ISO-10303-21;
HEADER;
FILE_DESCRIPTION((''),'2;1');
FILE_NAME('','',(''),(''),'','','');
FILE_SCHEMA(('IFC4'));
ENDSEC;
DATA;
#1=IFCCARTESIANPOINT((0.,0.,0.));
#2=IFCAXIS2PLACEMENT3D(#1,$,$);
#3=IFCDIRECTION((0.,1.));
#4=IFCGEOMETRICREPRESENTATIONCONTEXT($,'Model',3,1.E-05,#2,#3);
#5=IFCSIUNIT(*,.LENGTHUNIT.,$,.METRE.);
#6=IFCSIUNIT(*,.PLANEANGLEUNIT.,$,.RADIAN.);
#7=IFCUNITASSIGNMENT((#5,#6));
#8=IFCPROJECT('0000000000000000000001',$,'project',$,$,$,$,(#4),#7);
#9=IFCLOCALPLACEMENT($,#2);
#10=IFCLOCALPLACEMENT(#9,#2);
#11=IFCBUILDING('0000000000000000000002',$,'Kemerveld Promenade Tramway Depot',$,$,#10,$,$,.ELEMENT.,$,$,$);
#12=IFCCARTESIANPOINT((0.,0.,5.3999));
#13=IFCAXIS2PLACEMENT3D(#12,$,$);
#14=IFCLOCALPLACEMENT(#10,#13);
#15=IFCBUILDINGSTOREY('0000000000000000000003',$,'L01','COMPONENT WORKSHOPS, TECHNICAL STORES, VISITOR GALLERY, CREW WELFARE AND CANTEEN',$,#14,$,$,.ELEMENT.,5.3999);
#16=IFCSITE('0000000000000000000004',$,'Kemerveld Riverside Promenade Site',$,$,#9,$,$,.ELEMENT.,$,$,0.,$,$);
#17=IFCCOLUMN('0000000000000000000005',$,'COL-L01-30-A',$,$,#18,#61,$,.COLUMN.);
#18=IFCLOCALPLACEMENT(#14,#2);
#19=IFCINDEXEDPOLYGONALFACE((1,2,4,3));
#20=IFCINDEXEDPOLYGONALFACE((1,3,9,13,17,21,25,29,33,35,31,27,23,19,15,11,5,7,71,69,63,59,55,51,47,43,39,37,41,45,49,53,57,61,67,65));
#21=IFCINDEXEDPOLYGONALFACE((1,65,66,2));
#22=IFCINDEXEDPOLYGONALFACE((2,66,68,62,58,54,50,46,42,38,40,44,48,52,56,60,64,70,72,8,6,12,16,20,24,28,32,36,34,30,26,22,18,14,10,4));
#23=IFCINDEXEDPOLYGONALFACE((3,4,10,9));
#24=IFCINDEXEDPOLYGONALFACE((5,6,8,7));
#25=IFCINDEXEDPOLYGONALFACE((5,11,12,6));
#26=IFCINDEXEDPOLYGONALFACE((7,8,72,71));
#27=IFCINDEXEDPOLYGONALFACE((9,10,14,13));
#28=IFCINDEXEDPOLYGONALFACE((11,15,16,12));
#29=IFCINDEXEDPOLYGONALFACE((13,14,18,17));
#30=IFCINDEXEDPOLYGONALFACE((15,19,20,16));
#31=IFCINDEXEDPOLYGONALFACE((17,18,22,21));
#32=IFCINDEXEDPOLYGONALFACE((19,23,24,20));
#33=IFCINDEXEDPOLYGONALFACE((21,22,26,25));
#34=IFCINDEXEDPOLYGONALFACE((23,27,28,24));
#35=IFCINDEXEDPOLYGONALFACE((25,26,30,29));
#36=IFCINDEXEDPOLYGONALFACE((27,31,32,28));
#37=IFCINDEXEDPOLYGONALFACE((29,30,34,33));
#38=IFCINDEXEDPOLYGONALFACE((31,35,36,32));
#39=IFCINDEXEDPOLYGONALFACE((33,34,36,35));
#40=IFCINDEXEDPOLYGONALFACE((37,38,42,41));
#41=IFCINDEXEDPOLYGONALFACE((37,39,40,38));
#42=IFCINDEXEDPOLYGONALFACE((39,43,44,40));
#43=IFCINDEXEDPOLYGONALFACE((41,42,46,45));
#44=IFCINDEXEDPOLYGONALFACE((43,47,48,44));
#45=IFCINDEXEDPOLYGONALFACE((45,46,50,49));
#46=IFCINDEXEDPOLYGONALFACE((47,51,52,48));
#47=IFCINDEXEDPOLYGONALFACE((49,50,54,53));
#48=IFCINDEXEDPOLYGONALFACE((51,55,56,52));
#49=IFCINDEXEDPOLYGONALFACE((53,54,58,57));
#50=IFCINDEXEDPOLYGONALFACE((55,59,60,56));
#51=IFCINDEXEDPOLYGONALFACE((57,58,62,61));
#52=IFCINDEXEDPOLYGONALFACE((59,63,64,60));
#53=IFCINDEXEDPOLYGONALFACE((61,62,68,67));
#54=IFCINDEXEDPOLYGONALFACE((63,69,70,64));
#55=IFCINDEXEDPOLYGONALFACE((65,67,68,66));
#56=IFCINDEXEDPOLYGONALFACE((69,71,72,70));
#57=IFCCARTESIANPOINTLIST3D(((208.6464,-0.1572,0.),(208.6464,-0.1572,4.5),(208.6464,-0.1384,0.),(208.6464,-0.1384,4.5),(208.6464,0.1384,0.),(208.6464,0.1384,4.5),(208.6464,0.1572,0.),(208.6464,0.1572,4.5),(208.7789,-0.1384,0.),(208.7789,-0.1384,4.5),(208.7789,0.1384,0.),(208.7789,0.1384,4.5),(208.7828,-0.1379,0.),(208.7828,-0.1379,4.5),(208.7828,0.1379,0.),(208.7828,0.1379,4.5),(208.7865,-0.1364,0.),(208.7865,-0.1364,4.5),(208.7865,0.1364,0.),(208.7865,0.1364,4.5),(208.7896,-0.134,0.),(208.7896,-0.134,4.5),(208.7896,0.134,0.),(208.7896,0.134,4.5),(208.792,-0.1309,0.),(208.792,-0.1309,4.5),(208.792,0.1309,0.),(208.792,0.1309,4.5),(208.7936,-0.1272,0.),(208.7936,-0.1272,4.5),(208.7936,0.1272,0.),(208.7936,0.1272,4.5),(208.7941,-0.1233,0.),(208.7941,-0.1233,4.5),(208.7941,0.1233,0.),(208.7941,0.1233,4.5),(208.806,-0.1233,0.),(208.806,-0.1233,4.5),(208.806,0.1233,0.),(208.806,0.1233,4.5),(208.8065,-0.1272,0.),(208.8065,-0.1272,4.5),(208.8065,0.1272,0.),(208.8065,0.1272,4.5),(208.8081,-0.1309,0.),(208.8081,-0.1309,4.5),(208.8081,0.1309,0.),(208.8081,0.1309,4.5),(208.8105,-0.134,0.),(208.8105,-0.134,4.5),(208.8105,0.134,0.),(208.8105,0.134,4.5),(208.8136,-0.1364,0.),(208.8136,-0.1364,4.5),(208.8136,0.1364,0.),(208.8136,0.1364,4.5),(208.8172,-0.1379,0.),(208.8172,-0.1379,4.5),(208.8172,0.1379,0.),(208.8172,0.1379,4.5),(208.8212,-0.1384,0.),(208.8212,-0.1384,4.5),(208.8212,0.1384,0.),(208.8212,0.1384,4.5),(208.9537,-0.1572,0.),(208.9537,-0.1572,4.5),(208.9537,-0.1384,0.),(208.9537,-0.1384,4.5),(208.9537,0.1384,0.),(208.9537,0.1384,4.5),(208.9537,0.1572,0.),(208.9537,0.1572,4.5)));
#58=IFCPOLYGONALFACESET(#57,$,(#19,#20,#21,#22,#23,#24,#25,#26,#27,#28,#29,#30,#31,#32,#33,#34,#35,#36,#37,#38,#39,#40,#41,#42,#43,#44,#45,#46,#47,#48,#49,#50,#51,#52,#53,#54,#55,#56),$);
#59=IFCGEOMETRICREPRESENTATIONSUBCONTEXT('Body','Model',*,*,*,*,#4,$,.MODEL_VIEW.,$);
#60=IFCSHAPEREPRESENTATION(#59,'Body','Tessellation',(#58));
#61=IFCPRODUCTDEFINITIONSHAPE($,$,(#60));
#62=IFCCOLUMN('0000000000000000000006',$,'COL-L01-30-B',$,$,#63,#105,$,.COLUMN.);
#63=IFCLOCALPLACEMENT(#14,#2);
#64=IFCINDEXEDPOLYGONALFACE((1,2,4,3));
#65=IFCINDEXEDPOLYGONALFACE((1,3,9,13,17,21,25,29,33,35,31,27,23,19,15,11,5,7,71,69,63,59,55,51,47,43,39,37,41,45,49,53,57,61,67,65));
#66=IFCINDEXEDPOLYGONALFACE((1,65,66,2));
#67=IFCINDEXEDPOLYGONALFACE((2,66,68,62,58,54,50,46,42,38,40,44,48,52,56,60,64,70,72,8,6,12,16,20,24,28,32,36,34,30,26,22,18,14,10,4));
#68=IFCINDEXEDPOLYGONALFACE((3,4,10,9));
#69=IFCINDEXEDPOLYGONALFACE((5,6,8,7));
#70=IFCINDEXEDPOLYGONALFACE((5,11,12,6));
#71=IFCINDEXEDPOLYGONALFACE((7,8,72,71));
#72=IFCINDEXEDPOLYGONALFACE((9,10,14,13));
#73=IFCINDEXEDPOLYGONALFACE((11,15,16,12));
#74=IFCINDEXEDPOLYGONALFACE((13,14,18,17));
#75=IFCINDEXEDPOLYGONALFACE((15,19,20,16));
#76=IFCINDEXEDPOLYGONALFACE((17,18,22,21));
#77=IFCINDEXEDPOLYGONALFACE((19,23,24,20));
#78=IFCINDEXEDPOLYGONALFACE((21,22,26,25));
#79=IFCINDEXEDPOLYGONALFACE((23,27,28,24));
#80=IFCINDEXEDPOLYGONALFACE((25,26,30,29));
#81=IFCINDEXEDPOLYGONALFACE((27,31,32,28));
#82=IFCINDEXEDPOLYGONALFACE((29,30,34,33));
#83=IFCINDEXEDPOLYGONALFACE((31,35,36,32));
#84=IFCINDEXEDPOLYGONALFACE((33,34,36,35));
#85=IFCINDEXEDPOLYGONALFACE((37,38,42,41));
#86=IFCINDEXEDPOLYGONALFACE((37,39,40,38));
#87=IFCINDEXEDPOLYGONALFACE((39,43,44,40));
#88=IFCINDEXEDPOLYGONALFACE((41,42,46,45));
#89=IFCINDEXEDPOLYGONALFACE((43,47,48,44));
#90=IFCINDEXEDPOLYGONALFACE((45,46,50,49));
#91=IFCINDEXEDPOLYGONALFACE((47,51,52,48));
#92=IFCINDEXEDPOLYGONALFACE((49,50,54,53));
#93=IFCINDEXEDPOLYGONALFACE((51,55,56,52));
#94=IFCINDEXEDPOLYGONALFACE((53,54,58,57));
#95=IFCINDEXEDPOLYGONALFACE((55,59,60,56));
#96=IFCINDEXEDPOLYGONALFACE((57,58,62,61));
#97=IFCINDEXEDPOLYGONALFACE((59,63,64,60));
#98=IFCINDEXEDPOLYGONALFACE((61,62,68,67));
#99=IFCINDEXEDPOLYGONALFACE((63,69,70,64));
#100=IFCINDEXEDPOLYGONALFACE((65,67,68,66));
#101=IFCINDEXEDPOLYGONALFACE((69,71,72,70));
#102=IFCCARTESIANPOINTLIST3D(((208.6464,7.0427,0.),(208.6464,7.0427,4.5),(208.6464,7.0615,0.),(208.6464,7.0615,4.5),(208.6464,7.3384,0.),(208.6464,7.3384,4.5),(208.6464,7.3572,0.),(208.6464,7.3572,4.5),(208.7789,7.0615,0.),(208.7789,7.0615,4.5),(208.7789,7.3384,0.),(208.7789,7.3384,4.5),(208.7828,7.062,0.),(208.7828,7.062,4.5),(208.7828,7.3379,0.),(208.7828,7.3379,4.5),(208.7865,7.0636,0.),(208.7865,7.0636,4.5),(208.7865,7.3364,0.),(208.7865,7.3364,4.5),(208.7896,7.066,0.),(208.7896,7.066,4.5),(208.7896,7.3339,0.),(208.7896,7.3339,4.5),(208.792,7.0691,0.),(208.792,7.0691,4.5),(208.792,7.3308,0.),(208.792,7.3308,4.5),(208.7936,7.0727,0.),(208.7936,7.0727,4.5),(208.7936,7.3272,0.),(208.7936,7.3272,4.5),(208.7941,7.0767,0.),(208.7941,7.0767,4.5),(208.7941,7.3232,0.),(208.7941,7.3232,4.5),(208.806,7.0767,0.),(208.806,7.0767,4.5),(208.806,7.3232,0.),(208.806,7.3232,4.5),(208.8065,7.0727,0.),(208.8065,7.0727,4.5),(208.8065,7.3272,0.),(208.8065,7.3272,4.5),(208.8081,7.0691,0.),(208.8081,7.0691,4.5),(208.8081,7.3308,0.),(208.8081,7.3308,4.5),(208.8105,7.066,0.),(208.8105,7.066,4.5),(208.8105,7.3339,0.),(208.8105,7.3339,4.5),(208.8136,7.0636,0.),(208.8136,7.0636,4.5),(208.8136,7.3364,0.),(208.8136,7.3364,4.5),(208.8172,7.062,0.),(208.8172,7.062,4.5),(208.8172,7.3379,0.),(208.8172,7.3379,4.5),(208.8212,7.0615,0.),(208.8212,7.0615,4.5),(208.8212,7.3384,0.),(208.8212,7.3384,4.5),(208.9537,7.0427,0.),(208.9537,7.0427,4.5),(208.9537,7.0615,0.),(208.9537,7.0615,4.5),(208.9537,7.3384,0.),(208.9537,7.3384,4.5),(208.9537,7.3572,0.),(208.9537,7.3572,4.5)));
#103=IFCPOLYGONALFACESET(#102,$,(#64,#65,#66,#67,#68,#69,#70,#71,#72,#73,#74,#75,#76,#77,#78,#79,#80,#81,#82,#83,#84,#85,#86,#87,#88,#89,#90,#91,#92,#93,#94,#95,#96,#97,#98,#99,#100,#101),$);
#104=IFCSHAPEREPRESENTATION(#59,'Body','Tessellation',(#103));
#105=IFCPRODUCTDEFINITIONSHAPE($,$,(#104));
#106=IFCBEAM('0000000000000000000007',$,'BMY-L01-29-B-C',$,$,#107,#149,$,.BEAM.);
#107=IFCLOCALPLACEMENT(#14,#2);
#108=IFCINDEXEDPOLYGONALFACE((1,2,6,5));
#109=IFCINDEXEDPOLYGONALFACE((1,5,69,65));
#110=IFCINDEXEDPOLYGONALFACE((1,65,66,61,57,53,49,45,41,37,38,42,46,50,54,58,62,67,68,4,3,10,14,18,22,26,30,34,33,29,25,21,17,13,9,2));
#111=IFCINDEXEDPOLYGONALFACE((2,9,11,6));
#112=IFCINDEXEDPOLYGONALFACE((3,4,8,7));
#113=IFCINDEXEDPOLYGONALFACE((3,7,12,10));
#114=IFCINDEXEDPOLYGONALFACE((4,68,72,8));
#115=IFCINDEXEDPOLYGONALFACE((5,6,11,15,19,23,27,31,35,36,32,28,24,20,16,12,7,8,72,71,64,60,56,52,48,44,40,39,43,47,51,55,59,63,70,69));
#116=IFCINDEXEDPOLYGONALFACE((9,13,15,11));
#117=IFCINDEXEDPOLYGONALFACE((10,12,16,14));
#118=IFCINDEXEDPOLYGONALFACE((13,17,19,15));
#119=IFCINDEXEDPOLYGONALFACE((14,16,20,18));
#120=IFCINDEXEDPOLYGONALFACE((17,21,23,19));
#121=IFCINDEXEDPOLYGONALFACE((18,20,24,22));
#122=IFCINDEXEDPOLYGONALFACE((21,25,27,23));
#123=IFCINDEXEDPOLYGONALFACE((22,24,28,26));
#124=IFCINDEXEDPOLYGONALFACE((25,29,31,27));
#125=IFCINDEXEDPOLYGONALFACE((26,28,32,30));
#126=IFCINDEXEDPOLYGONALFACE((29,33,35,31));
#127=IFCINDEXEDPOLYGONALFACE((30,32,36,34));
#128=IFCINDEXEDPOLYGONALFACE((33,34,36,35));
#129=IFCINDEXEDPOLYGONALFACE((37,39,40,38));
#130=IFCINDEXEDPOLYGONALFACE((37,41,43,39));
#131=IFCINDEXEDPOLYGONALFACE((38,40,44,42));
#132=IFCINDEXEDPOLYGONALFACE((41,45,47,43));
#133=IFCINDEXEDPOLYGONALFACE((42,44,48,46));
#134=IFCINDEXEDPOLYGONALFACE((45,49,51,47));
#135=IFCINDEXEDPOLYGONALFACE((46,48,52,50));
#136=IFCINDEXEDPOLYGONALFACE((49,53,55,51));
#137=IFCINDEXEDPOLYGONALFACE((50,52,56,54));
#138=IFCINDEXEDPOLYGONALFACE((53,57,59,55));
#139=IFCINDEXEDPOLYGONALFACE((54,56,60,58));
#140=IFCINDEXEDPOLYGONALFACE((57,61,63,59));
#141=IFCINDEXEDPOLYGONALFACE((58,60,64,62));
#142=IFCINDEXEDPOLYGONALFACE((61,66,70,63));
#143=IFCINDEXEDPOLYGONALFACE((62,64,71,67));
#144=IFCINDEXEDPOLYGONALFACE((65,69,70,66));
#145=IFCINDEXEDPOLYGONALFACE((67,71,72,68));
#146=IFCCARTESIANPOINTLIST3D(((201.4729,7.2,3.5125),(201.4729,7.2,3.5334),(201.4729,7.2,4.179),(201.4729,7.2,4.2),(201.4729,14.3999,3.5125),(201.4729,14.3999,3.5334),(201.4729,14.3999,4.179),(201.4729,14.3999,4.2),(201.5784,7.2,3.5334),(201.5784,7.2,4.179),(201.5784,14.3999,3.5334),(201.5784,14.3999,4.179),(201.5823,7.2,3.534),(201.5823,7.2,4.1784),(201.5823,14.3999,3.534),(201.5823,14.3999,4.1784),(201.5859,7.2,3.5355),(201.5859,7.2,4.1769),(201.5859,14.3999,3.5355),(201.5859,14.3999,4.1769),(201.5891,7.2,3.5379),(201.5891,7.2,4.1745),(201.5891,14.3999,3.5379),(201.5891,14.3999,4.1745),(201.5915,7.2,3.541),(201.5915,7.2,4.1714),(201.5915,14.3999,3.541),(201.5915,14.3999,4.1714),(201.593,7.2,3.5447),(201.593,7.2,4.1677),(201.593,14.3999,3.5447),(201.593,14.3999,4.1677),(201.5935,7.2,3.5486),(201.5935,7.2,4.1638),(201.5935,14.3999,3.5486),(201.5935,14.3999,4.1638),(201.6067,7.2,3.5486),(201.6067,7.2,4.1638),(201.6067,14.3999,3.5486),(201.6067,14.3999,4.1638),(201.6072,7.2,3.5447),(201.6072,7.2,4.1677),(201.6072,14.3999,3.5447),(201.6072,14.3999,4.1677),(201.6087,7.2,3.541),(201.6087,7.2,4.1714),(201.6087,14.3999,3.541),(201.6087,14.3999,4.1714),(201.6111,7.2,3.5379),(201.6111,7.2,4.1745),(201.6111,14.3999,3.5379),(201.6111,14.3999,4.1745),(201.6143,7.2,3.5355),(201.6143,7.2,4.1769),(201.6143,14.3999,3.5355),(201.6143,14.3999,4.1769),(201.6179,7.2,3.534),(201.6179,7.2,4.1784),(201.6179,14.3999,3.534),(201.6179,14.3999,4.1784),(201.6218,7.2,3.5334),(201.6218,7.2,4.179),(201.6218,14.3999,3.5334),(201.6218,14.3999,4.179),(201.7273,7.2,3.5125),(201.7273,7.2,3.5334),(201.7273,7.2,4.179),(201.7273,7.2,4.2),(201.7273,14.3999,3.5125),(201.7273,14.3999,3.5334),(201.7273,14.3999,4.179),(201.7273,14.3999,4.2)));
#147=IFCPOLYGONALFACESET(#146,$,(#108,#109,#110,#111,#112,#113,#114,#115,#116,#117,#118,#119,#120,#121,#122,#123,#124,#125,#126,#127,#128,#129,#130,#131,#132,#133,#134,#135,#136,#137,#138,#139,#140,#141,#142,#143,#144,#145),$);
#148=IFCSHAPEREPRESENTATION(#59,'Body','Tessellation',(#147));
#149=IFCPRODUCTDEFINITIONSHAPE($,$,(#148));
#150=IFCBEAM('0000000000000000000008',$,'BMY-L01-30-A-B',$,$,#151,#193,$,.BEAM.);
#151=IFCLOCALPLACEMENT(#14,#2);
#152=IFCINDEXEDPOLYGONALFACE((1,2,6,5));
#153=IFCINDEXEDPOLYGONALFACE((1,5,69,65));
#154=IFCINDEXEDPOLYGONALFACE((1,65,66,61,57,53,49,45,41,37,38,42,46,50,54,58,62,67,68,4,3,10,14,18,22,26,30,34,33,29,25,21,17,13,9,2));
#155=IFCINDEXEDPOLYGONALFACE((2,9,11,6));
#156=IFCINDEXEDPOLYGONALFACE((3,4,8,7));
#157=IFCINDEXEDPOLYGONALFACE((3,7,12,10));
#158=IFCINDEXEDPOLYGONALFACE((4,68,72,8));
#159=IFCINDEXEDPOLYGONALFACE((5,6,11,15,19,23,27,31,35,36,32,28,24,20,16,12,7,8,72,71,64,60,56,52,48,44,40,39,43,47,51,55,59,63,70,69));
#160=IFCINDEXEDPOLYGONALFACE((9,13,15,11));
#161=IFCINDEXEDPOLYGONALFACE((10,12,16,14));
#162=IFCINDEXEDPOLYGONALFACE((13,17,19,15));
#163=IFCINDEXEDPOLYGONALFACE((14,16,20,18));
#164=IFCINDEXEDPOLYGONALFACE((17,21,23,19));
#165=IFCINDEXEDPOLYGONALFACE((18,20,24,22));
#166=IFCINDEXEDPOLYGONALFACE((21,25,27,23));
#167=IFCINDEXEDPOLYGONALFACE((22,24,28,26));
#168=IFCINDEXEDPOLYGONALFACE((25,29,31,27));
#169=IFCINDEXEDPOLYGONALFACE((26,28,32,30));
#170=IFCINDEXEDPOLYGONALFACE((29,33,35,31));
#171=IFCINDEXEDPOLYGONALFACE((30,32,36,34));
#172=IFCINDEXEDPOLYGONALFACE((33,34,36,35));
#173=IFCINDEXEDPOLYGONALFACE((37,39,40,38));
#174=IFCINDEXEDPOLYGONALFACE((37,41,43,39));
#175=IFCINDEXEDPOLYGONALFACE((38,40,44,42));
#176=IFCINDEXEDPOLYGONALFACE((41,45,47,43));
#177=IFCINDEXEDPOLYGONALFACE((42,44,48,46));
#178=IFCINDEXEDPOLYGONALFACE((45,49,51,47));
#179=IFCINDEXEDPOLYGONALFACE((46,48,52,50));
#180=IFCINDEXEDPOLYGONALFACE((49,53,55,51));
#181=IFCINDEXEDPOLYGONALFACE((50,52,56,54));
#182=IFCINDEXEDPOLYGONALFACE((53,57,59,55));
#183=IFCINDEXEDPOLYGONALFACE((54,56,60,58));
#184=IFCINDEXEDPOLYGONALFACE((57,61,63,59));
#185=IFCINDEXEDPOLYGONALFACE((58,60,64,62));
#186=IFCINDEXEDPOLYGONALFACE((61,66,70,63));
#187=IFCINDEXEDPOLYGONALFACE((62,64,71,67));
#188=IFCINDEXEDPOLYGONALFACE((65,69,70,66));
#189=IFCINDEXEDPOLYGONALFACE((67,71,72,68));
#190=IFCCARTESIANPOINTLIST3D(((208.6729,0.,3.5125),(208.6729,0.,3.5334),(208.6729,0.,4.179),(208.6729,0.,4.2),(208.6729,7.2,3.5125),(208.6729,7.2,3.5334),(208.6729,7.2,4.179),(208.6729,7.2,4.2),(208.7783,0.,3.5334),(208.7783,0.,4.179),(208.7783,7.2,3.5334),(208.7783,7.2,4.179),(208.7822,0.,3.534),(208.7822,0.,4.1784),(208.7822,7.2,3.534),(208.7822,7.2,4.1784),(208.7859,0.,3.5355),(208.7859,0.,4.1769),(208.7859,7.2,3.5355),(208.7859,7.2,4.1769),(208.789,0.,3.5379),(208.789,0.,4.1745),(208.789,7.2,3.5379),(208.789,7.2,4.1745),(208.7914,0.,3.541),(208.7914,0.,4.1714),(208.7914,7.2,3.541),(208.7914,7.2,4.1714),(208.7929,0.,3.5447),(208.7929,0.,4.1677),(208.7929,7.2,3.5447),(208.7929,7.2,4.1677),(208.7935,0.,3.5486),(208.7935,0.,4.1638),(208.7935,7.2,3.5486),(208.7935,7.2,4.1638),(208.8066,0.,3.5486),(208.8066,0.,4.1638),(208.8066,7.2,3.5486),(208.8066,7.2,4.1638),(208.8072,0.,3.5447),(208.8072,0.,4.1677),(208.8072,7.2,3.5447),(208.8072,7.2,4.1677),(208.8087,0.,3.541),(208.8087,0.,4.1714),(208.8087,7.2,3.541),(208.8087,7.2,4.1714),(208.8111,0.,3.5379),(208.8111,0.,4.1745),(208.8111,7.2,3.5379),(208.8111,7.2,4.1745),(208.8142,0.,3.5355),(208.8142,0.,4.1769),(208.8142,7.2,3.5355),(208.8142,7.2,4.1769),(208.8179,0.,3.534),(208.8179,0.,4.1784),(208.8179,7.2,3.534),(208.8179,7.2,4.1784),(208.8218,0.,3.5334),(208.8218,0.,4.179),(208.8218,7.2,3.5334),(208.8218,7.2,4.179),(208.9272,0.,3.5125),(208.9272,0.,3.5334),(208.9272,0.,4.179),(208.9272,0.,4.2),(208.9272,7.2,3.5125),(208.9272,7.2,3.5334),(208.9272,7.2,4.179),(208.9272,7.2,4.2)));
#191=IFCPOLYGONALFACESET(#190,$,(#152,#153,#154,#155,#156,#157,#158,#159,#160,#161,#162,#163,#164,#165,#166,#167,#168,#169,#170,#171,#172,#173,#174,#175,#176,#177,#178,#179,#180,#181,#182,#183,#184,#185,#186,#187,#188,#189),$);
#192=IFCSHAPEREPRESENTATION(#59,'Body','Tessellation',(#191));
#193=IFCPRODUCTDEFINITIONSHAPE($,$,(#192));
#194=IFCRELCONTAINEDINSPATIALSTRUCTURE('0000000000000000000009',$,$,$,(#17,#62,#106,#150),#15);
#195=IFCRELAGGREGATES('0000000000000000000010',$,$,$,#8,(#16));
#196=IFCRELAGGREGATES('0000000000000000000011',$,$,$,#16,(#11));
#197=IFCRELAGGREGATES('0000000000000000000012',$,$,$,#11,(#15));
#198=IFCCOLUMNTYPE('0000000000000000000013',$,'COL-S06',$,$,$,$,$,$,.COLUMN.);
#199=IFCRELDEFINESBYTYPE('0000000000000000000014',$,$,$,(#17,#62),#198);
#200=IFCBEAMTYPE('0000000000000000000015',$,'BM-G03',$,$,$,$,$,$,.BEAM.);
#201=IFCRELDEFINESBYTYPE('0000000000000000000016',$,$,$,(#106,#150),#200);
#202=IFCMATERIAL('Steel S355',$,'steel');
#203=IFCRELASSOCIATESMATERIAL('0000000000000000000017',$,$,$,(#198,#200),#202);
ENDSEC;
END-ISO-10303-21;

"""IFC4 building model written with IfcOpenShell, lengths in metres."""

from ifc_helpers import new_model, si_unit, direction, frame, origin, origin_2d, place, context, subcontext, project, spatial, i_section, extrude, material, material_profile, profile_set, type_object, element, save


model = new_model("IFC4")

# Units and contexts
model_context = context("Model", 3, precision=1e-05, world=origin(), true_north=direction((0.0, 1.0)))
body_context = subcontext(model_context, "Body", "Model", "MODEL_VIEW")
ifc_project = project(units=[si_unit("LENGTHUNIT", "METRE"), si_unit("PLANEANGLEUNIT", "RADIAN")], contexts=[model_context])

# Site, building, storey
site_placement = place(None, origin())
site = spatial("IfcSite", under=ifc_project, at=site_placement, Name="Kemerveld Riverside Promenade Site", CompositionType="ELEMENT", RefElevation=0.0)
building_placement = place(site_placement, origin())
building = spatial("IfcBuilding", under=site, at=building_placement, Name="Kemerveld Promenade Tramway Depot", CompositionType="ELEMENT")
storey_placement = place(building_placement, frame((0.0, 0.0, 5.3999)))
storey = spatial("IfcBuildingStorey", under=building, at=storey_placement, Name="L01", Description="COMPONENT WORKSHOPS, TECHNICAL STORES, VISITOR GALLERY, CREW WELFARE AND CANTEEN", CompositionType="ELEMENT", Elevation=5.3999)

# Columns
ifc_material_1 = material(Name="Steel S355", Category="steel")
ifc_material_profile_1 = material_profile(ifc_material_1, i_section(OverallWidth=0.3074, OverallDepth=0.3145, WebThickness=0.012, FlangeThickness=0.0188, FilletRadius=0.0151, at=origin_2d()), Name="305x305x118 UC")
ifc_profile_set_1 = profile_set([ifc_material_profile_1], Name="Steel S355")
column_type = type_object("IfcColumnType", Name="COL-S06", PredefinedType="COLUMN", material=ifc_profile_set_1)
for number, where, z_axis, x_axis, name in (
    (1, (208.8, 0.0, 0.0), (0.0, 0.0, 1.0), (1.0, 0.0, 0.0), "COL-L01-30-A"),
    (2, (208.8, 7.2, 0.0), (0.0, 0.0, 1.0), (1.0, 0.0, 0.0), "COL-L01-30-B"),
):
    element("IfcColumn", number, at=place(storey_placement, frame(where, z_axis=z_axis, x_axis=x_axis)), inside=storey, type_object=column_type, Name=name, PredefinedType="COLUMN", context=body_context, shape_type="SweptSolid", body=[
        extrude(i_section(OverallWidth=0.3074, OverallDepth=0.3145, WebThickness=0.012, FlangeThickness=0.0188, FilletRadius=0.0151, at=origin_2d()), origin(), (0.0, 0.0, 1.0), 4.5),
    ])

# Beams
ifc_material_profile_2 = material_profile(ifc_material_1, i_section(OverallWidth=0.2544, OverallDepth=0.6875, WebThickness=0.0132, FlangeThickness=0.021, FilletRadius=0.0151, at=origin_2d()), Name="686x254x152 UB")
ifc_profile_set_2 = profile_set([ifc_material_profile_2], Name="Steel S355")
beam_type_1 = type_object("IfcBeamType", Name="BM-G03", PredefinedType="BEAM", material=ifc_profile_set_2)
for number, where, z_axis, x_axis, name in (
    (3, (201.6001, 7.2, 3.8562), (0.0, 1.0, 0.0), (-1.0, 0.0, 0.0), "BMY-L01-29-B-C"),
    (4, (208.8, 0.0, 3.8562), (0.0, 1.0, 0.0), (-1.0, 0.0, 0.0), "BMY-L01-30-A-B"),
):
    element("IfcBeam", number, at=place(storey_placement, frame(where, z_axis=z_axis, x_axis=x_axis)), inside=storey, type_object=beam_type_1, Name=name, PredefinedType="BEAM", context=body_context, shape_type="SweptSolid", body=[
        extrude(i_section(OverallWidth=0.2544, OverallDepth=0.6875, WebThickness=0.0132, FlangeThickness=0.021, FilletRadius=0.0151, at=origin_2d()), origin(), (0.0, 0.0, 1.0), 7.2),
    ])

save(model, "model.ifc")
